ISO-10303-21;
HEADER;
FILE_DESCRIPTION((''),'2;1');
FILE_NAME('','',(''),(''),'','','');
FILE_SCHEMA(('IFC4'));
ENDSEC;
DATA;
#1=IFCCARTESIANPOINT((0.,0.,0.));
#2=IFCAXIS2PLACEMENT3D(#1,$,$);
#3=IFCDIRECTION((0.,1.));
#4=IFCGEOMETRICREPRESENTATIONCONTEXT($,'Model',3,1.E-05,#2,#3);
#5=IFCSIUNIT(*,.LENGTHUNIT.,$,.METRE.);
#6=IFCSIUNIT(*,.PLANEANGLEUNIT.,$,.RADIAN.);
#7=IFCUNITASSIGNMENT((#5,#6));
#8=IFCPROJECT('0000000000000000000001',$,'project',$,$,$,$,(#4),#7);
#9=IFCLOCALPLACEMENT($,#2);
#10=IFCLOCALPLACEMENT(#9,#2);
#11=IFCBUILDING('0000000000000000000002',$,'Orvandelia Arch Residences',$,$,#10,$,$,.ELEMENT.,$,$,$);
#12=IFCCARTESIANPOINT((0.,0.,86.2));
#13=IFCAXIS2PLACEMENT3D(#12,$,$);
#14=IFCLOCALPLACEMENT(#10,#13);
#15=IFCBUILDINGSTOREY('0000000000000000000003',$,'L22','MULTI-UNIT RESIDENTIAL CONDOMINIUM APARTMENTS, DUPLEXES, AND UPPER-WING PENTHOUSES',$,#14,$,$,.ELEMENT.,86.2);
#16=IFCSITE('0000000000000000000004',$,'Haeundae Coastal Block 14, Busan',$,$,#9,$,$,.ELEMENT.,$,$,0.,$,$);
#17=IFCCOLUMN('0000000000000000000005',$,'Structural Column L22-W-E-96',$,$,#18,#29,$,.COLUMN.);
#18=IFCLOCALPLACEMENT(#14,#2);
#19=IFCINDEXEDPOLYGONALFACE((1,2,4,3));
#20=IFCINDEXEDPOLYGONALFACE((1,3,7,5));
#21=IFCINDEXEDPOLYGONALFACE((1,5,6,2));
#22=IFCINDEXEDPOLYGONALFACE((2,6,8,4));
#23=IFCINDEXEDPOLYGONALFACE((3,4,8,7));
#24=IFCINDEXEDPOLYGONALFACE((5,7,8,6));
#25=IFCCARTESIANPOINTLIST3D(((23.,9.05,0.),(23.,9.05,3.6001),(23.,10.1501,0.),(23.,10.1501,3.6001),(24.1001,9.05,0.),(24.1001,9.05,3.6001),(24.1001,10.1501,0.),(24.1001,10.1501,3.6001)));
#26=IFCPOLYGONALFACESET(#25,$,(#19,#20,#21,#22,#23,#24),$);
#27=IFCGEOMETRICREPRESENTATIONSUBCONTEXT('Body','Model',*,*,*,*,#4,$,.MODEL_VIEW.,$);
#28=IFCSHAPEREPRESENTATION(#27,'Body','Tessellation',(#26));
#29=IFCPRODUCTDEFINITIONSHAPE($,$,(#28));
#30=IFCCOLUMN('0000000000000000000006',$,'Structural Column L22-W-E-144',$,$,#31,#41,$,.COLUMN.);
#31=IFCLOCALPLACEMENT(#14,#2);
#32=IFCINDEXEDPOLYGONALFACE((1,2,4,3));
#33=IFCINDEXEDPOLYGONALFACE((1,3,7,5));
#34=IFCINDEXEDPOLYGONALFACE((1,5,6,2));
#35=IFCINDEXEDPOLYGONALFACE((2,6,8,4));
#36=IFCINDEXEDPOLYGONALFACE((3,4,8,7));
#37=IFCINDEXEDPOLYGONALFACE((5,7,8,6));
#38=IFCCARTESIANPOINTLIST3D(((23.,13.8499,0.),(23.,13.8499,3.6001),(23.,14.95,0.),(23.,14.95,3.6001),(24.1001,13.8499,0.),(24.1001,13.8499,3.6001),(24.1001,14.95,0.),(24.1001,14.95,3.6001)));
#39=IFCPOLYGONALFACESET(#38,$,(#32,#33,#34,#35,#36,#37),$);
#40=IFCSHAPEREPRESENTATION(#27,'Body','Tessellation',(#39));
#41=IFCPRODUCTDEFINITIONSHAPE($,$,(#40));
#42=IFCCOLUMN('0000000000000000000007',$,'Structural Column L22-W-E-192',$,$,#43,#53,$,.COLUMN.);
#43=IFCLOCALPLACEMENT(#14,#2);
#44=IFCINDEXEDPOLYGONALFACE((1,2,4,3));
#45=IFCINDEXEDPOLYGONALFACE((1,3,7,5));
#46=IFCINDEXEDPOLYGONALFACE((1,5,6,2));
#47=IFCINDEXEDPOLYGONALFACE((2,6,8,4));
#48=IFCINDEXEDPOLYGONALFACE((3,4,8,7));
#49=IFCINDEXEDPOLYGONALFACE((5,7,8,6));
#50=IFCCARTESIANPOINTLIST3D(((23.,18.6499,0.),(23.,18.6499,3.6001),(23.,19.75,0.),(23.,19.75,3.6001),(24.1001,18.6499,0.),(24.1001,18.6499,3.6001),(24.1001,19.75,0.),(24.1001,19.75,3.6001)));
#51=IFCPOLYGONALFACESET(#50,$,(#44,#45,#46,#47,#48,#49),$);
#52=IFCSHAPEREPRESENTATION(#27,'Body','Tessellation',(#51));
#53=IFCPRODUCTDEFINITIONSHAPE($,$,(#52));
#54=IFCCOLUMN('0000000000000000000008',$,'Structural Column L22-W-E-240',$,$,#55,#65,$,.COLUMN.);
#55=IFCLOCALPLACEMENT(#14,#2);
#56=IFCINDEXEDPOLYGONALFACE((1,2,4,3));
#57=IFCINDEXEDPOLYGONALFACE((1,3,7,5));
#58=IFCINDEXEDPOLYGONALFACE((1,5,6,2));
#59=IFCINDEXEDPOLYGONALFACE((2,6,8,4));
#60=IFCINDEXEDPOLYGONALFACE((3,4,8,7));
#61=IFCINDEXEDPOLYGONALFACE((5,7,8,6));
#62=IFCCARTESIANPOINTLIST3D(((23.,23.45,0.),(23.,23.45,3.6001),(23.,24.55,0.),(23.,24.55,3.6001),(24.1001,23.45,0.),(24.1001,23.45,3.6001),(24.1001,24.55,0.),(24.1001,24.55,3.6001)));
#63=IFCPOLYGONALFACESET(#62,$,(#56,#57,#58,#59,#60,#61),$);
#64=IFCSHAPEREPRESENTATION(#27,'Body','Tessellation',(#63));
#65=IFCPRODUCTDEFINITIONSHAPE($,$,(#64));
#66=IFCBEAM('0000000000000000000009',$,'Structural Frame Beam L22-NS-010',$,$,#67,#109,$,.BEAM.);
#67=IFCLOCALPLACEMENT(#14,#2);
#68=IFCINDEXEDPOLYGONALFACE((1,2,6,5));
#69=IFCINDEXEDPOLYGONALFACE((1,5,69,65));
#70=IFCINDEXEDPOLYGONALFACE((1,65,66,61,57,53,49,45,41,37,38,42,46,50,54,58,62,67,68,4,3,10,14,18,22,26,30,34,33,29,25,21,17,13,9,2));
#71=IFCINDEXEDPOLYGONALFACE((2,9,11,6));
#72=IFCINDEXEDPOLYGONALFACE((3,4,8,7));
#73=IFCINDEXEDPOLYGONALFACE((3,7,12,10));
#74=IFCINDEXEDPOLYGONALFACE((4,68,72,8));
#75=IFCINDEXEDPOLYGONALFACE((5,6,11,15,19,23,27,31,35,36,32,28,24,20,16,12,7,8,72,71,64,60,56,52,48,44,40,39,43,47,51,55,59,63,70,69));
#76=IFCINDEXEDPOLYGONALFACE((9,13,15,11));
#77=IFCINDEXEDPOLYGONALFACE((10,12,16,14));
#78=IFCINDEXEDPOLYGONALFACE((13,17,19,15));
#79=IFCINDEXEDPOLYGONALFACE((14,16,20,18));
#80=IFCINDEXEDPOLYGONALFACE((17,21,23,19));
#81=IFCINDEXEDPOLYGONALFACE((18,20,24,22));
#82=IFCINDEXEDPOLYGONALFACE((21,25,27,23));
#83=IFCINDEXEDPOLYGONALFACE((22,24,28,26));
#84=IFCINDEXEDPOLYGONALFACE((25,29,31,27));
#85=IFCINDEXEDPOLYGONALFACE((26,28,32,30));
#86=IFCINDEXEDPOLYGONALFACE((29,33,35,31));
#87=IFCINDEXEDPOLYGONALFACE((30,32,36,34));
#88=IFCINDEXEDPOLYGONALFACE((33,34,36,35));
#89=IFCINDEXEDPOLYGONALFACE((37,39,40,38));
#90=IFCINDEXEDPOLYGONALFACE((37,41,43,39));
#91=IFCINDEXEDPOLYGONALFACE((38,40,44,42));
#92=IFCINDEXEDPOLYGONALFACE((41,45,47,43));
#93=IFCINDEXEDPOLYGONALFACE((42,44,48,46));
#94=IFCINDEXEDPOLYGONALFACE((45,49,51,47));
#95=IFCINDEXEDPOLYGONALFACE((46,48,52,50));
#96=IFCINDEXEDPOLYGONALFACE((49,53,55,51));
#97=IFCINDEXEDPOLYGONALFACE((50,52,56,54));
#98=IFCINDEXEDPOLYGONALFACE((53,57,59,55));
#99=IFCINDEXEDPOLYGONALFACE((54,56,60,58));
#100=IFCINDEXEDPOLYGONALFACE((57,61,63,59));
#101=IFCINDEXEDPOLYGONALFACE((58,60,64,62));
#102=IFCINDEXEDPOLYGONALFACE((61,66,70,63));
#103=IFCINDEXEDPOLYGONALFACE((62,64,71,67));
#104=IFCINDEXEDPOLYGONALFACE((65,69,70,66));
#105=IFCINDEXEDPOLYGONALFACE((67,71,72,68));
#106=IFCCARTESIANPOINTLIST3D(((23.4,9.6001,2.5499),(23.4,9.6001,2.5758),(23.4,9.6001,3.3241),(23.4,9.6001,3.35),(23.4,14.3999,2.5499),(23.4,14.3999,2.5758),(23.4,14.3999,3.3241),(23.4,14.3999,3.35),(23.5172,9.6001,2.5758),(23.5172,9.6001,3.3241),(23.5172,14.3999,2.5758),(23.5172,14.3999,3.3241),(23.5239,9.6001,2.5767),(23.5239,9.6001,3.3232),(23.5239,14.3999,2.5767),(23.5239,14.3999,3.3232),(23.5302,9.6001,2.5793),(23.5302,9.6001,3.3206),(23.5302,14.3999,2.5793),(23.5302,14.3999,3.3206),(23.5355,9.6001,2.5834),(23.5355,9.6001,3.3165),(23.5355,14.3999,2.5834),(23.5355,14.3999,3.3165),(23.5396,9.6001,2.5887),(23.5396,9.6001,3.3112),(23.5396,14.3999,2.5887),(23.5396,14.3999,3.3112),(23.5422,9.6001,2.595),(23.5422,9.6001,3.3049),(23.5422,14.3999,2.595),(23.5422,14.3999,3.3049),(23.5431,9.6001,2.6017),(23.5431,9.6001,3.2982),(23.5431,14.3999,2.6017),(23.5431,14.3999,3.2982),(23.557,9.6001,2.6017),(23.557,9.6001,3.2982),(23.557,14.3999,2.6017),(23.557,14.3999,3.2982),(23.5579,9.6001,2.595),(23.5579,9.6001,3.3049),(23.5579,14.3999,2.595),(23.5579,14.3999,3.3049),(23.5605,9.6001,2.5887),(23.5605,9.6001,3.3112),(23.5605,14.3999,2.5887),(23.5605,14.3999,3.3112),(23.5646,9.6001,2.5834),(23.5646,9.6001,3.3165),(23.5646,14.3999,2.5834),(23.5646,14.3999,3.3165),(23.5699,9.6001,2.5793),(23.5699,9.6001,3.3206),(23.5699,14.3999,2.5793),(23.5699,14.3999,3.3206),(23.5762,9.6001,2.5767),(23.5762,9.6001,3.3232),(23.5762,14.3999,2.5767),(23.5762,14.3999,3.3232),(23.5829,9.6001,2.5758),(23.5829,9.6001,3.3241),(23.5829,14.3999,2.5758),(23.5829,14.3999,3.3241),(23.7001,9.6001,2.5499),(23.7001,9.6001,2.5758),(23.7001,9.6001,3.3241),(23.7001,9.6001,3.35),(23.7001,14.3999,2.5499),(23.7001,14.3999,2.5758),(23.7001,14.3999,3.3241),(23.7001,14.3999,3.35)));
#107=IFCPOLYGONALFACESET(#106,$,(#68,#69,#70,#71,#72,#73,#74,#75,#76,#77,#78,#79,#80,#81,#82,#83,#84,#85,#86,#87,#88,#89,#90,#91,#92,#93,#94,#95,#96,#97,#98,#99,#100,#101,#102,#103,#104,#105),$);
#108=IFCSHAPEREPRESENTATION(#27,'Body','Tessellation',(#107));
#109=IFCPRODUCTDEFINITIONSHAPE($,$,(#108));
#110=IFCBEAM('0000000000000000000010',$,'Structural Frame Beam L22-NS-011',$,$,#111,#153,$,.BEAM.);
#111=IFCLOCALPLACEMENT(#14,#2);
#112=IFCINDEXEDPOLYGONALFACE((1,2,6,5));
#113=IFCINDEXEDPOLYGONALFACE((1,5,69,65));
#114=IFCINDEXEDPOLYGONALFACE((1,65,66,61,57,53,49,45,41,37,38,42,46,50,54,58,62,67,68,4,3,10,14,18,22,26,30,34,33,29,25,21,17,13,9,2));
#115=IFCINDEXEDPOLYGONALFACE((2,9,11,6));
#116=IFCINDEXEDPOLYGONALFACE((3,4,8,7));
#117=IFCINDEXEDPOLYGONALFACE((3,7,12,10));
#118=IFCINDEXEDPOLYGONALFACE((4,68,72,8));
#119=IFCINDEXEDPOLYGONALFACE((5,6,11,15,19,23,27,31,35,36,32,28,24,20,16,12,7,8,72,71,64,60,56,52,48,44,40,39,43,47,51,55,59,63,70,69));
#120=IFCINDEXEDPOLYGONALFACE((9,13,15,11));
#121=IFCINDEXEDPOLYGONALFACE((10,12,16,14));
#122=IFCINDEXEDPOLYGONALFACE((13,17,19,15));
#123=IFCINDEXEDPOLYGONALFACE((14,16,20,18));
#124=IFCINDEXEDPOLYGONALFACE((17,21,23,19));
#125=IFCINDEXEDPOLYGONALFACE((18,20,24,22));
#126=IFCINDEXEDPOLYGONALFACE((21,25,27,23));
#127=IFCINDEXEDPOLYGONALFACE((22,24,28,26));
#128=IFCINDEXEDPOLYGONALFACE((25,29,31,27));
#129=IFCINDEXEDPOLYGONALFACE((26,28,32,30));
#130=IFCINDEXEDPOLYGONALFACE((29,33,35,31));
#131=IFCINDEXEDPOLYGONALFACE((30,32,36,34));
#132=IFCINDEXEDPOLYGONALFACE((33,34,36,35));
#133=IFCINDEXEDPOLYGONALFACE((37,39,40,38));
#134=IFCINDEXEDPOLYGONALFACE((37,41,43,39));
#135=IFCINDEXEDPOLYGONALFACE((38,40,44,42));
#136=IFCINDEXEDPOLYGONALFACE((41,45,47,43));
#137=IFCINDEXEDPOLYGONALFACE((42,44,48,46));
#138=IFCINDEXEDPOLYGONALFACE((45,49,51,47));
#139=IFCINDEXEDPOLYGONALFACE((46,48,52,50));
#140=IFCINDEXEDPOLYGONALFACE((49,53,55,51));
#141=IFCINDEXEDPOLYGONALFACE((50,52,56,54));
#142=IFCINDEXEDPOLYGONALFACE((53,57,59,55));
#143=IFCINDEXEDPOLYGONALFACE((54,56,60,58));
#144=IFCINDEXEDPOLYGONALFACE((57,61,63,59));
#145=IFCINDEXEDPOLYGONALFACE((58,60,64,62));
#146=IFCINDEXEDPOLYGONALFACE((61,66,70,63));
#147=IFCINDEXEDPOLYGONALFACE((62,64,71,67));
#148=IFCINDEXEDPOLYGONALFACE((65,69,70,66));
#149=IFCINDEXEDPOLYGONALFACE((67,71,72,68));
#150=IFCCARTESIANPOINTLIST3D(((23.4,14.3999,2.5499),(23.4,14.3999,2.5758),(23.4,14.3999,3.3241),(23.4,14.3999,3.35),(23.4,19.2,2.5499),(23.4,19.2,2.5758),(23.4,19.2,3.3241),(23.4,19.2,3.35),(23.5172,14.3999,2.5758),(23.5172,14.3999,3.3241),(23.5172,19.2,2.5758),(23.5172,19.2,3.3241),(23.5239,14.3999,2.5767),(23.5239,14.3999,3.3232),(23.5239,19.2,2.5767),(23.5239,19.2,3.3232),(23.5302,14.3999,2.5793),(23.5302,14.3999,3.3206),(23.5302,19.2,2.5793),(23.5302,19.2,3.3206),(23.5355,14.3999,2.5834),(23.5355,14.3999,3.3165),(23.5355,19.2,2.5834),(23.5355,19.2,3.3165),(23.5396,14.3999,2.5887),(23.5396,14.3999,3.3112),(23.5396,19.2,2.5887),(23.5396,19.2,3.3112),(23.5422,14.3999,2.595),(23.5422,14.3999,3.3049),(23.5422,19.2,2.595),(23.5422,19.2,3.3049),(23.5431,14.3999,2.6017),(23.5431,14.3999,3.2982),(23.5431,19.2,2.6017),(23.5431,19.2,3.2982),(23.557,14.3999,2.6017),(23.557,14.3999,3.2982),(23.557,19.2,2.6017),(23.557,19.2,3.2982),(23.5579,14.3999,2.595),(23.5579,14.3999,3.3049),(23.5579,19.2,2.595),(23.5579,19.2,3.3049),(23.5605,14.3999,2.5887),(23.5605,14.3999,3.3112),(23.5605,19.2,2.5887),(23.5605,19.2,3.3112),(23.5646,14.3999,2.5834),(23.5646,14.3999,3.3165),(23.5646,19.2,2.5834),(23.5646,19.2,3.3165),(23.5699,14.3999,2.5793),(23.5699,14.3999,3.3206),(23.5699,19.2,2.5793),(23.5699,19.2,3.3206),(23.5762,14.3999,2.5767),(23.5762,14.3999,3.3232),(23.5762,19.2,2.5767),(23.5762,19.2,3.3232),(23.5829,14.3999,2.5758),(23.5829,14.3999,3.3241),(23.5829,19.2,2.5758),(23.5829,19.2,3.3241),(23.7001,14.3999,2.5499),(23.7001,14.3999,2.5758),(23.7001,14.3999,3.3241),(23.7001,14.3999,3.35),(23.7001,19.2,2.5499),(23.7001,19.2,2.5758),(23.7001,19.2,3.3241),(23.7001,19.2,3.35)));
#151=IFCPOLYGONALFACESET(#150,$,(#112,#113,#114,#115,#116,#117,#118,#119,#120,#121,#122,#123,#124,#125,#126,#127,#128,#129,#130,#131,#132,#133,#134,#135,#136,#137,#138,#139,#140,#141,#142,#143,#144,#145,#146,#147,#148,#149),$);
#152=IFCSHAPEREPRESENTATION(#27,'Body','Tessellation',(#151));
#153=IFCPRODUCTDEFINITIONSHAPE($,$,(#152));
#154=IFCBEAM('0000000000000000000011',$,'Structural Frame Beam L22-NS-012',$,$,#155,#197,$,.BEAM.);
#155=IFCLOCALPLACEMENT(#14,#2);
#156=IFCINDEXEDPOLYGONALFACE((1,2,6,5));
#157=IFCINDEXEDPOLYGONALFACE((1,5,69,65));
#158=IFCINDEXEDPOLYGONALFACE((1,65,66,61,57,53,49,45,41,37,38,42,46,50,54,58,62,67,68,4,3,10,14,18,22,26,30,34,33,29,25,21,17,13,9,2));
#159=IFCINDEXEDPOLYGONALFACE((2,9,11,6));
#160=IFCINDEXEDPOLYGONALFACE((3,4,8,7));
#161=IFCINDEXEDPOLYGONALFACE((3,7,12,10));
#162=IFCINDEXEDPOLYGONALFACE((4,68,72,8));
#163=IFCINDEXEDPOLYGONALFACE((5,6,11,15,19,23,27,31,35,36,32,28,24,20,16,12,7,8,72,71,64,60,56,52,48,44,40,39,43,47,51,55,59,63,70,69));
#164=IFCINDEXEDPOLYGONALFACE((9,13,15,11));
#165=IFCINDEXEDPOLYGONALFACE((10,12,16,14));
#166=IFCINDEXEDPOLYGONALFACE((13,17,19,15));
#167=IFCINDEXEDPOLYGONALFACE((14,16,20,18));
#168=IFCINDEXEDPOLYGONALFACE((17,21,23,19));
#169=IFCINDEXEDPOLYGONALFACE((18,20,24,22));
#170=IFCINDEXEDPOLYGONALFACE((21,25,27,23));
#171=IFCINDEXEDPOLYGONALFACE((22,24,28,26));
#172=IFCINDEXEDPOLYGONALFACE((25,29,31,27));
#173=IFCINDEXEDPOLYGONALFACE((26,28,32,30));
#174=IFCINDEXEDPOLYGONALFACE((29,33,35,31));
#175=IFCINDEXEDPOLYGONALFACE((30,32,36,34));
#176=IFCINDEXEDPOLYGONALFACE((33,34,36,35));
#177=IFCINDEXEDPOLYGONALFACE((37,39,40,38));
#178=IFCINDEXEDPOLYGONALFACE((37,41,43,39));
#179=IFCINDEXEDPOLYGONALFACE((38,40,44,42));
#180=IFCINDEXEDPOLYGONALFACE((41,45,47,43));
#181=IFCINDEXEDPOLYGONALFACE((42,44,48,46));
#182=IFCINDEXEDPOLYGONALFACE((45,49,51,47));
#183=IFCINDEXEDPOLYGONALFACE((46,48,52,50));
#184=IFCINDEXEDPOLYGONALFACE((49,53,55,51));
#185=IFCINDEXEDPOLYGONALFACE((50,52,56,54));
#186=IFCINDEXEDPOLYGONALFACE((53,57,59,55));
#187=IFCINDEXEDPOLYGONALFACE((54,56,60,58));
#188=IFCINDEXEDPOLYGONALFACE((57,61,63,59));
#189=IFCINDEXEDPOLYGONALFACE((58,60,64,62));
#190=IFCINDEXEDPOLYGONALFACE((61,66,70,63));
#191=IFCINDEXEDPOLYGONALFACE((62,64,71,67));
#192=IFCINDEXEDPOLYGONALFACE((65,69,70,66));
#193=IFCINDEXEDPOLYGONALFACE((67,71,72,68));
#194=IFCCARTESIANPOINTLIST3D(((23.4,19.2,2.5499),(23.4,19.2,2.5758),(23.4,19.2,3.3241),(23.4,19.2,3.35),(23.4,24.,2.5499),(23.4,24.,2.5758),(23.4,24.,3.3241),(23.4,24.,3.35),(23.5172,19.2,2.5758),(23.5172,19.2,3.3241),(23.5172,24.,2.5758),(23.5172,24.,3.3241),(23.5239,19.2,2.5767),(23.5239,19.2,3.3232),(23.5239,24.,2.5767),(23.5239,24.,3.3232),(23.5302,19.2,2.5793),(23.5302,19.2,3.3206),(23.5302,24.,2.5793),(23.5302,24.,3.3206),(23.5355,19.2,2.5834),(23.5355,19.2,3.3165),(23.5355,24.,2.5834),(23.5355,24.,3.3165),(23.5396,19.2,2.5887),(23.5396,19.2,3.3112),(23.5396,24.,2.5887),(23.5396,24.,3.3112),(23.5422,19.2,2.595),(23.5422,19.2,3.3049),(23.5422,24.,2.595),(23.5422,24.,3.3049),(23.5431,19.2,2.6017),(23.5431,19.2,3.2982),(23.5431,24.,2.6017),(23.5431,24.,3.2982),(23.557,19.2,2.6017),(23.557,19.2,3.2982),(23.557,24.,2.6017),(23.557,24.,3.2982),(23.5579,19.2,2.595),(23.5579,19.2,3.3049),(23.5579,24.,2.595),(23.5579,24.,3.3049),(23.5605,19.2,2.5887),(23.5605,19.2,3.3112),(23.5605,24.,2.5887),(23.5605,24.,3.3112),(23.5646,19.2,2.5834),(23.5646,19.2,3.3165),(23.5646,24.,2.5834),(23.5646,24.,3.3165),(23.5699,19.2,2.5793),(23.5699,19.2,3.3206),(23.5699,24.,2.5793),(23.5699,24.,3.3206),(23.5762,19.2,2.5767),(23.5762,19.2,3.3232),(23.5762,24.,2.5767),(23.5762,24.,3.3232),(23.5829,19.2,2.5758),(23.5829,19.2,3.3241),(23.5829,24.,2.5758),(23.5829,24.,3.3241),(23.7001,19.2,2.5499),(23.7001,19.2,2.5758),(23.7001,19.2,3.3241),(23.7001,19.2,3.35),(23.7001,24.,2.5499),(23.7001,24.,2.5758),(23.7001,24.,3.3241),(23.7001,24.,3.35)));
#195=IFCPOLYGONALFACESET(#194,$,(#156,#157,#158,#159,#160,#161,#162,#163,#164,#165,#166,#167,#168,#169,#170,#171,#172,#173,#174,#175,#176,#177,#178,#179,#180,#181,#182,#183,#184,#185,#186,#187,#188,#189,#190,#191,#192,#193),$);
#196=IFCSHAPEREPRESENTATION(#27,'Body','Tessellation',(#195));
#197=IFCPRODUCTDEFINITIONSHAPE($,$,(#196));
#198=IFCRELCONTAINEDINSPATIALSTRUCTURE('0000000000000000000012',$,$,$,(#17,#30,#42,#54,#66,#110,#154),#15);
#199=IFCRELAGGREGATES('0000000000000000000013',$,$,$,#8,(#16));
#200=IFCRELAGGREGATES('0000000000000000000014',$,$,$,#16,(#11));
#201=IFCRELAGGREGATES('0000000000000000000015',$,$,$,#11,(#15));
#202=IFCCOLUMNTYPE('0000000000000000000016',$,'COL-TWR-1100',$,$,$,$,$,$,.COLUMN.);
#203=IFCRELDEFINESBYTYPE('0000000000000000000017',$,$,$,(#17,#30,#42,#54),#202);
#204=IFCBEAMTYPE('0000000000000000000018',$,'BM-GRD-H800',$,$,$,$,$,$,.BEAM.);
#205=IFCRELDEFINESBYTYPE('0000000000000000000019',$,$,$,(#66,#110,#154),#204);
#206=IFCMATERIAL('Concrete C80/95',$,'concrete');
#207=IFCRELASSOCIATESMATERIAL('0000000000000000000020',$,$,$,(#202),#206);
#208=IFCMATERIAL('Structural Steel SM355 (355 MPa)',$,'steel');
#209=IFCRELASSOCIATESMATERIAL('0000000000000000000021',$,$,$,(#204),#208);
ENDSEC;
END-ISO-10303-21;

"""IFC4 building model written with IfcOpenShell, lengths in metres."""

from ifc_helpers import new_model, si_unit, direction, frame, origin, origin_2d, place, context, subcontext, project, spatial, rectangle, i_section, extrude, material, material_profile, profile_set, type_object, element, save


model = new_model("IFC4")

# Units and contexts
model_context = context("Model", 3, precision=1e-05, world=origin(), true_north=direction((0.0, 1.0)))
body_context = subcontext(model_context, "Body", "Model", "MODEL_VIEW")
ifc_project = project(units=[si_unit("LENGTHUNIT", "METRE"), si_unit("PLANEANGLEUNIT", "RADIAN")], contexts=[model_context])

# Site, building, storey
site_placement = place(None, origin())
site = spatial("IfcSite", under=ifc_project, at=site_placement, Name="Haeundae Coastal Block 14, Busan", CompositionType="ELEMENT", RefElevation=0.0)
building_placement = place(site_placement, origin())
building = spatial("IfcBuilding", under=site, at=building_placement, Name="Orvandelia Arch Residences", CompositionType="ELEMENT")
storey_placement = place(building_placement, frame((0.0, 0.0, 86.2)))
storey = spatial("IfcBuildingStorey", under=building, at=storey_placement, Name="L22", Description="MULTI-UNIT RESIDENTIAL CONDOMINIUM APARTMENTS, DUPLEXES, AND UPPER-WING PENTHOUSES", CompositionType="ELEMENT", Elevation=86.2)

# Columns
ifc_material_1 = material(Name="Concrete C80/95", Category="concrete")
ifc_material_profile_1 = material_profile(ifc_material_1, rectangle(XDim=1.1001, YDim=1.1001, at=origin_2d()), Name="Concrete C80/95", Category="concrete")
ifc_profile_set_1 = profile_set([ifc_material_profile_1], Name="Concrete C80/95")
column_type = type_object("IfcColumnType", Name="COL-TWR-1100", PredefinedType="COLUMN", material=ifc_profile_set_1)
for number, where, z_axis, x_axis, name in (
    (1, (23.55, 9.6001, 0.0), (0.0, 0.0, 1.0), (1.0, 0.0, 0.0), "Structural Column L22-W-E-96"),
    (2, (23.55, 14.3999, 0.0), (0.0, 0.0, 1.0), (1.0, 0.0, 0.0), "Structural Column L22-W-E-144"),
    (3, (23.55, 19.2, 0.0), (0.0, 0.0, 1.0), (1.0, 0.0, 0.0), "Structural Column L22-W-E-192"),
    (4, (23.55, 24.0, 0.0), (0.0, 0.0, 1.0), (1.0, 0.0, 0.0), "Structural Column L22-W-E-240"),
):
    element("IfcColumn", number, at=place(storey_placement, frame(where, z_axis=z_axis, x_axis=x_axis)), inside=storey, type_object=column_type, Name=name, PredefinedType="COLUMN", context=body_context, shape_type="SweptSolid", body=[
        extrude(rectangle(XDim=1.1001, YDim=1.1001, at=origin_2d()), origin(), (0.0, 0.0, 1.0), 3.6001),
    ])

# Beams
ifc_material_2 = material(Name="Structural Steel SM355 (355 MPa)", Category="steel")
ifc_material_profile_2 = material_profile(ifc_material_2, i_section(OverallWidth=0.3, OverallDepth=0.8, WebThickness=0.0139, FlangeThickness=0.0259, FilletRadius=0.0259, at=origin_2d()), Name="Structural Steel SM355 (355 MPa)", Category="steel")
ifc_profile_set_2 = profile_set([ifc_material_profile_2], Name="Structural Steel SM355 (355 MPa)")
beam_type = type_object("IfcBeamType", Name="BM-GRD-H800", PredefinedType="BEAM", material=ifc_profile_set_2)
beam_1_placement = place(storey_placement, frame((23.55, 9.6001, 2.95), z_axis=(0.0, 1.0, 0.0), x_axis=(-1.0, 0.0, 0.0)))
element("IfcBeam", 5, at=beam_1_placement, inside=storey, type_object=beam_type, Name="Structural Frame Beam L22-NS-010", PredefinedType="BEAM", context=body_context, shape_type="SweptSolid", body=[
    extrude(i_section(OverallWidth=0.3, OverallDepth=0.8, WebThickness=0.0139, FlangeThickness=0.0259, FilletRadius=0.0259, at=origin_2d()), origin(), (0.0, 0.0, 1.0), 4.7998),
])
for number, where, z_axis, x_axis, name in (
    (6, (23.55, 14.3999, 2.95), (0.0, 1.0, 0.0), (-1.0, 0.0, 0.0), "Structural Frame Beam L22-NS-011"),
    (7, (23.55, 19.2, 2.95), (0.0, 1.0, 0.0), (-1.0, 0.0, 0.0), "Structural Frame Beam L22-NS-012"),
):
    element("IfcBeam", number, at=place(storey_placement, frame(where, z_axis=z_axis, x_axis=x_axis)), inside=storey, type_object=beam_type, Name=name, PredefinedType="BEAM", context=body_context, shape_type="SweptSolid", body=[
        extrude(i_section(OverallWidth=0.3, OverallDepth=0.8, WebThickness=0.0139, FlangeThickness=0.0259, FilletRadius=0.0259, at=origin_2d()), origin(), (0.0, 0.0, 1.0), 4.8),
    ])

save(model, "model.ifc")
